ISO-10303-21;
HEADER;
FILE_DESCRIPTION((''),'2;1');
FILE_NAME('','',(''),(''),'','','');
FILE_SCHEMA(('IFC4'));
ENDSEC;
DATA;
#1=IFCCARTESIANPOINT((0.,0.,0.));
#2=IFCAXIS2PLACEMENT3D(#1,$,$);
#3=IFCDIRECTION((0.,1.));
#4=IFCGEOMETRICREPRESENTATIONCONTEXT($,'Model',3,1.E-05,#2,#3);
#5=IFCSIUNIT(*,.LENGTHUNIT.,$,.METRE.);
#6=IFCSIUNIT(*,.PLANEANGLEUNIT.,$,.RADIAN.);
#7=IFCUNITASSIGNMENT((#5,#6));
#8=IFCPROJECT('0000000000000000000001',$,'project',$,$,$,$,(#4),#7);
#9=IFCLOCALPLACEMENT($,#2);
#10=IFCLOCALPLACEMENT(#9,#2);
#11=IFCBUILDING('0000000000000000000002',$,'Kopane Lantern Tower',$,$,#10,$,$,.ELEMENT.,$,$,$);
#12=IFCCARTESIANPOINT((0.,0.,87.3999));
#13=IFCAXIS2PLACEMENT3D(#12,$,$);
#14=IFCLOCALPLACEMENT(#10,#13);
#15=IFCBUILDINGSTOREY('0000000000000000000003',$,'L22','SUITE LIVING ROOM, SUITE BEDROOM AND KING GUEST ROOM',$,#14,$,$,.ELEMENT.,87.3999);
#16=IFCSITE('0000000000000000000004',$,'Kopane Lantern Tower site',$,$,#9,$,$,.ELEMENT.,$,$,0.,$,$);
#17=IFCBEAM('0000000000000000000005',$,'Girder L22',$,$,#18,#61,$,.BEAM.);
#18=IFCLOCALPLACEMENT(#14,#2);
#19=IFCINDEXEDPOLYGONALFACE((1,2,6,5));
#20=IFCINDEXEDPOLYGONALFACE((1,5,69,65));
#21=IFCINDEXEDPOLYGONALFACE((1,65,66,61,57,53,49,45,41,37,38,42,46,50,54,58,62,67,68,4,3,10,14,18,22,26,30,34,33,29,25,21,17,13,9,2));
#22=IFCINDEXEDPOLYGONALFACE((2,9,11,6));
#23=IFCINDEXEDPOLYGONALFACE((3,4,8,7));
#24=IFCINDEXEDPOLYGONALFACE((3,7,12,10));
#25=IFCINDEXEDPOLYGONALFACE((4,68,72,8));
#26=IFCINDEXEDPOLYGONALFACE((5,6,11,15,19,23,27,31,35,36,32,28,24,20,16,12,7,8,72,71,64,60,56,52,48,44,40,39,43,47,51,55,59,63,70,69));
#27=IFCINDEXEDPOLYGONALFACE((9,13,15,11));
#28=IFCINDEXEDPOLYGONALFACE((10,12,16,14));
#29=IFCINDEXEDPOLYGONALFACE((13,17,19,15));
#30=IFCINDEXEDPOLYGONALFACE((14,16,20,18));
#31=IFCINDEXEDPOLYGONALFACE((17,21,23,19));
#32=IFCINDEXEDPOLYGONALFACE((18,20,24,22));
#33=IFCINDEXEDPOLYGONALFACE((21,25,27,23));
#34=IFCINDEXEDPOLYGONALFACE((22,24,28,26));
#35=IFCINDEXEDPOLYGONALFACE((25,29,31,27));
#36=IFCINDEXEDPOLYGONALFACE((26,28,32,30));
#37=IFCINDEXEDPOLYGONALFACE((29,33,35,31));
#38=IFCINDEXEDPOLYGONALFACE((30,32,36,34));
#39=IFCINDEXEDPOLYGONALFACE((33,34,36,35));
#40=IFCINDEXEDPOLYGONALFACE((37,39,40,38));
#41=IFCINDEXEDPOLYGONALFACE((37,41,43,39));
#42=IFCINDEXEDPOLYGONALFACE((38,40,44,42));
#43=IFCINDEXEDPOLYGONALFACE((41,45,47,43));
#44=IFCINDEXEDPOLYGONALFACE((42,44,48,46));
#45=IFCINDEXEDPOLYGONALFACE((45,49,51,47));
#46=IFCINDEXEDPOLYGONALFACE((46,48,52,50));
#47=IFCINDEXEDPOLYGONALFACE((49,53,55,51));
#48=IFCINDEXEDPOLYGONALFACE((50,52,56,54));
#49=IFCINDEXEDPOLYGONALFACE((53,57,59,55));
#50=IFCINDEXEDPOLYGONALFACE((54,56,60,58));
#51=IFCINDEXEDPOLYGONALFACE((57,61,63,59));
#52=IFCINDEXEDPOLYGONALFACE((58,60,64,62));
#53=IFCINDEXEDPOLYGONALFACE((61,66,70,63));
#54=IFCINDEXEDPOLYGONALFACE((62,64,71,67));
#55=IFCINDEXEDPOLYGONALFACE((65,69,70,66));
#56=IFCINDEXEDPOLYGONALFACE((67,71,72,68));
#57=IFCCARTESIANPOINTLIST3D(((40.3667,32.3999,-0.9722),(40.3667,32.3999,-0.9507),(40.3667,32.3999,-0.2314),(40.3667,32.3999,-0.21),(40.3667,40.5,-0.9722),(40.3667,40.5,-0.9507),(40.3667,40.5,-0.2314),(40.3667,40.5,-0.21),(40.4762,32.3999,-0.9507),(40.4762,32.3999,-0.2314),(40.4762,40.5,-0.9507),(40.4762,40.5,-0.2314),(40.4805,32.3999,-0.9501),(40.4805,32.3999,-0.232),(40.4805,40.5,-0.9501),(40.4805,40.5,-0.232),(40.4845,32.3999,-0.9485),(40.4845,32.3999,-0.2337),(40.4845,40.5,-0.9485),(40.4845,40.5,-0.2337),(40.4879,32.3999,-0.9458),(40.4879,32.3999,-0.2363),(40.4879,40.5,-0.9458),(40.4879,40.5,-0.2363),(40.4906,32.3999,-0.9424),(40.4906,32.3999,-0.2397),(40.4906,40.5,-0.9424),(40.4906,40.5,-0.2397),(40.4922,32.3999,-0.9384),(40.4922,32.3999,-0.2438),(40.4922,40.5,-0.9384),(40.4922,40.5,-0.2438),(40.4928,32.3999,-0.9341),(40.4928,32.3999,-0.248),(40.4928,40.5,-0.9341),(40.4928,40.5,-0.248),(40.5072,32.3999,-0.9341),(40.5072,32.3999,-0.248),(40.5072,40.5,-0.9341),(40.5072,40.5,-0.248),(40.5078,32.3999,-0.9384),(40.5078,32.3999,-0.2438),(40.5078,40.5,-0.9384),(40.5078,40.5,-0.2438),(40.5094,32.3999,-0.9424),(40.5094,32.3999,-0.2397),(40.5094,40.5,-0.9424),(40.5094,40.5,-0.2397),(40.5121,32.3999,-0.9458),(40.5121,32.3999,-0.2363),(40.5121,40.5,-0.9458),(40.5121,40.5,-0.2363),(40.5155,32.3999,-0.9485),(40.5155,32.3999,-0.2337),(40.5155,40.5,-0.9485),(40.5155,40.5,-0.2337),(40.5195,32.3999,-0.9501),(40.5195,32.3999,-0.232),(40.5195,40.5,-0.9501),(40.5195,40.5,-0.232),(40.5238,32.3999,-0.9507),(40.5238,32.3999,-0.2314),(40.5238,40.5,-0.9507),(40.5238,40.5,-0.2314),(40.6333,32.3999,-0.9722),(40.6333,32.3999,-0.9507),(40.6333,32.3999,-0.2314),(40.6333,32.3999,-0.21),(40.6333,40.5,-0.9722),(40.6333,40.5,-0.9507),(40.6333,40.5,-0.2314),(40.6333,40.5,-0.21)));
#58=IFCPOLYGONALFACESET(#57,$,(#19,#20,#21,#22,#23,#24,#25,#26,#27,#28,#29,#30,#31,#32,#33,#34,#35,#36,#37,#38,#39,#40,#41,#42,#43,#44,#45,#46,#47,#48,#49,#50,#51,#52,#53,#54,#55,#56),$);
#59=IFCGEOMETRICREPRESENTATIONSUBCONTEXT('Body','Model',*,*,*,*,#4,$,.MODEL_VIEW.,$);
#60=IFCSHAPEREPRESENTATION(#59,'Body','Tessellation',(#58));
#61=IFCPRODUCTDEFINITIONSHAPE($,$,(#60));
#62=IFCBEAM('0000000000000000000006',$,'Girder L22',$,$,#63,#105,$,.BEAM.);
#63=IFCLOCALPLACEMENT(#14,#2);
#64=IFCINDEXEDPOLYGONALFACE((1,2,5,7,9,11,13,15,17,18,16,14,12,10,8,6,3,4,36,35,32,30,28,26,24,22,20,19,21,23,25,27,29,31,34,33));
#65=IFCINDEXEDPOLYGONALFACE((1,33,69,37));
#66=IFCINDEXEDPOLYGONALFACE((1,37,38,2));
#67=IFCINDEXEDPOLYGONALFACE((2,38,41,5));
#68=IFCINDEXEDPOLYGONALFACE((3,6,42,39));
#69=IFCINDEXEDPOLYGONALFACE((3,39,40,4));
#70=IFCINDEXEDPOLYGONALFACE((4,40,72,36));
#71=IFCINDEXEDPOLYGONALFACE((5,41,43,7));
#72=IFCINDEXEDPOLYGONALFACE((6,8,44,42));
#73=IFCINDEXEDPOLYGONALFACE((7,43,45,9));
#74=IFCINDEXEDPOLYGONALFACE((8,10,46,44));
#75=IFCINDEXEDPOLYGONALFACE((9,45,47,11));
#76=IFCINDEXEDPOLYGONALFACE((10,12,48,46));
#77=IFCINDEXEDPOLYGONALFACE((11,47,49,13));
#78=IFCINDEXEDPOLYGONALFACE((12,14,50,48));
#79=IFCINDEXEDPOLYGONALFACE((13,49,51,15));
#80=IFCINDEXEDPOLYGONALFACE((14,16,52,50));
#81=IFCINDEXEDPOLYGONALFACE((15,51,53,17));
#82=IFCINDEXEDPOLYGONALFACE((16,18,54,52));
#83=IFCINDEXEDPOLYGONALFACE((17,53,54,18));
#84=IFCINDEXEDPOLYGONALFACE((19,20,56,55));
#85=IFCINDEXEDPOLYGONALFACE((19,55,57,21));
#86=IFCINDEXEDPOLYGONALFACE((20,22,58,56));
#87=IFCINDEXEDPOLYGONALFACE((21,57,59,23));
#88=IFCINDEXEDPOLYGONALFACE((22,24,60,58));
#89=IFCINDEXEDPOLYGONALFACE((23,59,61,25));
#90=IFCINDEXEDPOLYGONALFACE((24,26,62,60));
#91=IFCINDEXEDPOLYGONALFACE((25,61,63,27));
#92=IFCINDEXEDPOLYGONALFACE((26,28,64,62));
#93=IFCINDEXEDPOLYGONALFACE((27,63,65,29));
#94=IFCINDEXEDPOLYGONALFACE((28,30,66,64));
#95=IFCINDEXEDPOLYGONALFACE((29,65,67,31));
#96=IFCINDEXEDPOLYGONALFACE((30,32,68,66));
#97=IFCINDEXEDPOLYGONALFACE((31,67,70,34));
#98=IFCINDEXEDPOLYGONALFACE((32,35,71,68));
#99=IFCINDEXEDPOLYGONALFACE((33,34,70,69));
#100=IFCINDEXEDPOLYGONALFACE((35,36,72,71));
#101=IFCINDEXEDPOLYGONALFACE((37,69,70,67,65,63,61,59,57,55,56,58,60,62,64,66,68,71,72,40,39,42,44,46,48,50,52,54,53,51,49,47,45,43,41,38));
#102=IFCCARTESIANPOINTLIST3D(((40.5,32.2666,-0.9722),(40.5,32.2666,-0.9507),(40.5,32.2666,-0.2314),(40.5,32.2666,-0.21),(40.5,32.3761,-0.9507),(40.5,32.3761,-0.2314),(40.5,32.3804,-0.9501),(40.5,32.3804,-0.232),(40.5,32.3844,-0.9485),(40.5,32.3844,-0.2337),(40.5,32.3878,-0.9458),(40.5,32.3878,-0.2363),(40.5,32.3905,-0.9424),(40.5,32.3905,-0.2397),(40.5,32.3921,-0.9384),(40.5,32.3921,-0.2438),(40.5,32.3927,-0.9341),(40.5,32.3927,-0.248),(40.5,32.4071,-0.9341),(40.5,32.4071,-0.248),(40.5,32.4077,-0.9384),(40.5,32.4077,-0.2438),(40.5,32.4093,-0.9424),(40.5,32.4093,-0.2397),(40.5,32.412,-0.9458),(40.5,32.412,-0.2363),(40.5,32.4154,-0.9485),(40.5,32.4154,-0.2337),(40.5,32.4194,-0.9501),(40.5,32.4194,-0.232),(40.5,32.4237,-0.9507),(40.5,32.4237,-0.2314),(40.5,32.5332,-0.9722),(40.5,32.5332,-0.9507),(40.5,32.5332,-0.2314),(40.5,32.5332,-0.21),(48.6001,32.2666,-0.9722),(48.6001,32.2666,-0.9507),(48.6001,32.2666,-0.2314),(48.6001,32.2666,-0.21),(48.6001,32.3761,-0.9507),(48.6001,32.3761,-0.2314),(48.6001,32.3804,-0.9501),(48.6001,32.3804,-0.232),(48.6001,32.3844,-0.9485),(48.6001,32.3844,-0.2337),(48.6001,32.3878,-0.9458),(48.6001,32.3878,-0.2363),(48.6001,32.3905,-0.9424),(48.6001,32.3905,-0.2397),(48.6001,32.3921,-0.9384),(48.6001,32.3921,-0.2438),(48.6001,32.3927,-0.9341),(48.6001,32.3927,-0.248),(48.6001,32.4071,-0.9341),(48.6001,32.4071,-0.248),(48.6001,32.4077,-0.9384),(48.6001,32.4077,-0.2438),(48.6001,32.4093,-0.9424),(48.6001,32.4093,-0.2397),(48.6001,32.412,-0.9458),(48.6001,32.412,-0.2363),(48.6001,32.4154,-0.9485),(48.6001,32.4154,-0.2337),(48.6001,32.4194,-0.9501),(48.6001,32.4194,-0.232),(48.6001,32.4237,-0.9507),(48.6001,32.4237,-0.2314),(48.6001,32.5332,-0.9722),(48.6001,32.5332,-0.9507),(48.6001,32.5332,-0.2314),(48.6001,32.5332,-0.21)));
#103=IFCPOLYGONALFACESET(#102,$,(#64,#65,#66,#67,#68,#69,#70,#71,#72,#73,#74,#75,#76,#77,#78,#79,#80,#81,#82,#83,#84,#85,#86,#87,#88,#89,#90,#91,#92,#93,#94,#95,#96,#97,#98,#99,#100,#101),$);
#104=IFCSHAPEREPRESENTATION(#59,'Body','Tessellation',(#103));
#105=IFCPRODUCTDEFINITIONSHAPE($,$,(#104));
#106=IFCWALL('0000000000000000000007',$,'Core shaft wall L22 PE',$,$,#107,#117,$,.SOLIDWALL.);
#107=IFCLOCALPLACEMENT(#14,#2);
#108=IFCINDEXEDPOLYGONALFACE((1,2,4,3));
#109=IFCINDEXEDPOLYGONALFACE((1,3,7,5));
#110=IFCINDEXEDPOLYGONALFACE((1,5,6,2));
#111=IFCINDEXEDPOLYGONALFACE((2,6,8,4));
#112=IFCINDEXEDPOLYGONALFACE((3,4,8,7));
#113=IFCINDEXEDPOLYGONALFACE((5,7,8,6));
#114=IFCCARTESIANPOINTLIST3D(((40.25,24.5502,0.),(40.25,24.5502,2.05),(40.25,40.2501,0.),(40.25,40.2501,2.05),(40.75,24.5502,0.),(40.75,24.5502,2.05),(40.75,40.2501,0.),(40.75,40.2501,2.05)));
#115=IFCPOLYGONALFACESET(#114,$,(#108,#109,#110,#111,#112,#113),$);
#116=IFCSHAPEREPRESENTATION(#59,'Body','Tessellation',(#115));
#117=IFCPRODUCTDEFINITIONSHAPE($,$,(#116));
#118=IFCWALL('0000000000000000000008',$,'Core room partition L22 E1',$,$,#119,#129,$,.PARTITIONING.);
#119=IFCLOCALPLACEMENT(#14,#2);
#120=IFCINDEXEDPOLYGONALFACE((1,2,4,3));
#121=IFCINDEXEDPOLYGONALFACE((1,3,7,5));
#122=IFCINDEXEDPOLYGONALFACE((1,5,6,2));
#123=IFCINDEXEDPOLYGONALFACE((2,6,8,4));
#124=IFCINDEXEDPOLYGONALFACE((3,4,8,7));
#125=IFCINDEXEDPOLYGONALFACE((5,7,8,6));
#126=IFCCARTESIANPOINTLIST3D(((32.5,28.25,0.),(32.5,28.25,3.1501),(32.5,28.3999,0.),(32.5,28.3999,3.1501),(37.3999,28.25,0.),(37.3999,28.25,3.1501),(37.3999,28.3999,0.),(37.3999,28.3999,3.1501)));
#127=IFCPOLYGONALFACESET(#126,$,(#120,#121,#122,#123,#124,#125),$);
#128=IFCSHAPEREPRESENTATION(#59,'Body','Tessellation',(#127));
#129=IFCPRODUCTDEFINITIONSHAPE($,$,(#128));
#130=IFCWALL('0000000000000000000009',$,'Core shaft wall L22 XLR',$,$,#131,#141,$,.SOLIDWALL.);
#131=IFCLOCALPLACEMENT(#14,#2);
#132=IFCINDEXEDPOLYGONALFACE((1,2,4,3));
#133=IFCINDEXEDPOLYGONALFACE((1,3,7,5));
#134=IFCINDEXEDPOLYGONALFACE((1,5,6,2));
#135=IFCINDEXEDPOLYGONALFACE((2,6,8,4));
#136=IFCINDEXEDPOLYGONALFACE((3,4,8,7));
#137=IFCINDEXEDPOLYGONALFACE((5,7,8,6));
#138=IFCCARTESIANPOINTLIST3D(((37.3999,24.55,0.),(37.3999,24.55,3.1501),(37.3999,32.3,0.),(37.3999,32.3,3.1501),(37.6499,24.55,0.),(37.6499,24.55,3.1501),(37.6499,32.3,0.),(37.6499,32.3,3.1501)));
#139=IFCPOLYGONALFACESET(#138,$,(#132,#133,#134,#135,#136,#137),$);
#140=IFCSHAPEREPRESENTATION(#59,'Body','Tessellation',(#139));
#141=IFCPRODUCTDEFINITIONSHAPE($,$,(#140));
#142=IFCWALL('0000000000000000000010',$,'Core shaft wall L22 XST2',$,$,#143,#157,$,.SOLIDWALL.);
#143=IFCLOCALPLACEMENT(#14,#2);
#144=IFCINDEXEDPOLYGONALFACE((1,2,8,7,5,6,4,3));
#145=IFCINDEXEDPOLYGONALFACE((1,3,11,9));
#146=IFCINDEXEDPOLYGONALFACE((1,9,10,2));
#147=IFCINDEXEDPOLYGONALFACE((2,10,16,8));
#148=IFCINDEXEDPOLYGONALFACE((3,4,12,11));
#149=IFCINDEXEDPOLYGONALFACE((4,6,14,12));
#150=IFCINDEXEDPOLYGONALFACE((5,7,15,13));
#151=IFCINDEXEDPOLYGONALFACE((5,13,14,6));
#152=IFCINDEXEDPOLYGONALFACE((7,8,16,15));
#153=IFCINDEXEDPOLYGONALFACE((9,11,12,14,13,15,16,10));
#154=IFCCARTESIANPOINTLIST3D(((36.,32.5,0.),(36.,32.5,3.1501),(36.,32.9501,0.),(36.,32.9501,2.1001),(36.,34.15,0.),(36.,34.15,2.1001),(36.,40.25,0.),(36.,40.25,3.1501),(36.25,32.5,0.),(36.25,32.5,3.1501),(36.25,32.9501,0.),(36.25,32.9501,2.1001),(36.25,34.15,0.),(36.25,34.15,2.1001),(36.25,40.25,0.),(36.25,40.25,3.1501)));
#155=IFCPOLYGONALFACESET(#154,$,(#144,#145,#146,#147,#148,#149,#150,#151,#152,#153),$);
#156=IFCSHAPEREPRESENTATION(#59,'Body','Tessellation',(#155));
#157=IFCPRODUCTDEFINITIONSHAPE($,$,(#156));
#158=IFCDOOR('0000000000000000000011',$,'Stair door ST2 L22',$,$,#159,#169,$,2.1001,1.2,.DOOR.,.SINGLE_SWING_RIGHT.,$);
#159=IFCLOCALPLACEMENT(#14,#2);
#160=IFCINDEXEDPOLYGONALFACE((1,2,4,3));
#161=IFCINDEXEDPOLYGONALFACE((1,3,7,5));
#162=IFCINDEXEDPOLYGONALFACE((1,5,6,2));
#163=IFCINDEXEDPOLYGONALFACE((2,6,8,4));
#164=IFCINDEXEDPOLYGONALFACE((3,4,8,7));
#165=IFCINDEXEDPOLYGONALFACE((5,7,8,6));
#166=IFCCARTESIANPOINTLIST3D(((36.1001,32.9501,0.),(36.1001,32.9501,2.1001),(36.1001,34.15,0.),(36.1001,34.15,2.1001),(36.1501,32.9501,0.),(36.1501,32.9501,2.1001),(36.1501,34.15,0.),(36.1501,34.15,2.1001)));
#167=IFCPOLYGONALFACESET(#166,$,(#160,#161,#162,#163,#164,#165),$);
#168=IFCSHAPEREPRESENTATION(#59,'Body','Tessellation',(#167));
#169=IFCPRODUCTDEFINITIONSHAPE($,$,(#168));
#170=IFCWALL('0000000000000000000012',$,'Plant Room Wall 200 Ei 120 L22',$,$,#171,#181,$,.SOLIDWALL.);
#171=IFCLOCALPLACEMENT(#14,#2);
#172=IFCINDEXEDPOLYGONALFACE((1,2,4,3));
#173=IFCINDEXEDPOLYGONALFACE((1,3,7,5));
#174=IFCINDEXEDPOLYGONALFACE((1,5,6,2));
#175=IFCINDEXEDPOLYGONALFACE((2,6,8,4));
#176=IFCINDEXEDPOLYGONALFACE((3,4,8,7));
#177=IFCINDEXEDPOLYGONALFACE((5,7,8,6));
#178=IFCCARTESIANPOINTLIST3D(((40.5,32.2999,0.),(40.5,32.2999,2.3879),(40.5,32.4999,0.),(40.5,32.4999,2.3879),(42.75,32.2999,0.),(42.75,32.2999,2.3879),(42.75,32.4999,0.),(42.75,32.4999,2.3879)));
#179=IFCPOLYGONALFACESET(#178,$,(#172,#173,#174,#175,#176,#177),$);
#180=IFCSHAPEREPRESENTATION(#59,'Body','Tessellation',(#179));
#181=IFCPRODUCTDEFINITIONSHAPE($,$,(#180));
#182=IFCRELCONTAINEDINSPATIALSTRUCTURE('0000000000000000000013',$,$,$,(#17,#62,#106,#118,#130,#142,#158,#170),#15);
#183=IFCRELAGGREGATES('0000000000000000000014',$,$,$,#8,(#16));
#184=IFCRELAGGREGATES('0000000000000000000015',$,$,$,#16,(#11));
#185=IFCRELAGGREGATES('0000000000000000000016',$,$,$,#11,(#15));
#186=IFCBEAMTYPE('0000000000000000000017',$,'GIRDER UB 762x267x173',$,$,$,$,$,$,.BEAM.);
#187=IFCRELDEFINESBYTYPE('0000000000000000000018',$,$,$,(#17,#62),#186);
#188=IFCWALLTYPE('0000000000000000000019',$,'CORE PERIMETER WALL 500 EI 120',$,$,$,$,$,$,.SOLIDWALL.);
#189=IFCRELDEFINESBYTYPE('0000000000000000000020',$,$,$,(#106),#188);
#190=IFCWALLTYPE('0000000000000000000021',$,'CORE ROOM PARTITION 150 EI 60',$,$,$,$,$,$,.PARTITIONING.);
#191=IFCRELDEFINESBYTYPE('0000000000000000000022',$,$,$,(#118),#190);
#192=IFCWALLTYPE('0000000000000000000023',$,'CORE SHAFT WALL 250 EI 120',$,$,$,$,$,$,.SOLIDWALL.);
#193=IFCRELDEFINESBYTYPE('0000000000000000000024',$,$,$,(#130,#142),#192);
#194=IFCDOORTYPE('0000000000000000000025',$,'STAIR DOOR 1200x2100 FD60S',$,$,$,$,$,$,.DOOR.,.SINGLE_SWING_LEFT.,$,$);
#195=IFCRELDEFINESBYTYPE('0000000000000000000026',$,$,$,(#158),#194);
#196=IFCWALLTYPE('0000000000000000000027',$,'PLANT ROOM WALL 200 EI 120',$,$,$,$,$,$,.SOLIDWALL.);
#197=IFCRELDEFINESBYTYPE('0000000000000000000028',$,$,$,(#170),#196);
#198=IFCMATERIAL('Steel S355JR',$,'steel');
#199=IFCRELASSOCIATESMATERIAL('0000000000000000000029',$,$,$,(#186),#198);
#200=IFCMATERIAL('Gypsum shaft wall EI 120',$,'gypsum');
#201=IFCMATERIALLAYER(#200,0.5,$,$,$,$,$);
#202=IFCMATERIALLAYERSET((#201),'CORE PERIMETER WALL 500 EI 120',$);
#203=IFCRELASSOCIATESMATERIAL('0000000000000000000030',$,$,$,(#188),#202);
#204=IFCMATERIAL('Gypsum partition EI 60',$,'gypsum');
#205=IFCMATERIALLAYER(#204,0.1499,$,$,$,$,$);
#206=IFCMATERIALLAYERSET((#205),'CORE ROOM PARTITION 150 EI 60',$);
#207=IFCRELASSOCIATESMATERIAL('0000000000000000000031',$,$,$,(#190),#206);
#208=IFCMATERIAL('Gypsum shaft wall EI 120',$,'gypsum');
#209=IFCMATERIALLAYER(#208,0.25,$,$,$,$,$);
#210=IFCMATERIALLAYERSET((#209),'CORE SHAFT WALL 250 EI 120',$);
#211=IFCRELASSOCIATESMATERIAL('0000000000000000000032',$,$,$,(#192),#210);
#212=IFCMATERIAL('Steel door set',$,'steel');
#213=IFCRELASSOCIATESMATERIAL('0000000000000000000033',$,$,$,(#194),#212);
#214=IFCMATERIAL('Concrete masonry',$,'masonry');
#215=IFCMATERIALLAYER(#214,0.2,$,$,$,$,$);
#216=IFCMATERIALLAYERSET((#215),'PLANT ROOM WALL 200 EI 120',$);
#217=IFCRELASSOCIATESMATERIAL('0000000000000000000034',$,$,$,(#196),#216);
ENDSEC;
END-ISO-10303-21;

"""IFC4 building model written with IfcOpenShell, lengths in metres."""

from ifc_helpers import new_model, si_unit, direction, frame, frame_2d, origin, origin_2d, place, context, subcontext, project, spatial, rectangle, i_section, extrude, material, layer, layer_set, material_profile, profile_set, type_object, element, fill, save


model = new_model("IFC4")

# Units and contexts
model_context = context("Model", 3, precision=1e-05, world=origin(), true_north=direction((0.0, 1.0)))
body_context = subcontext(model_context, "Body", "Model", "MODEL_VIEW")
ifc_project = project(units=[si_unit("LENGTHUNIT", "METRE"), si_unit("PLANEANGLEUNIT", "RADIAN")], contexts=[model_context])

# Site, building, storey
site_placement = place(None, origin())
site = spatial("IfcSite", under=ifc_project, at=site_placement, Name="Kopane Lantern Tower site", CompositionType="ELEMENT", RefElevation=0.0)
building_placement = place(site_placement, origin())
building = spatial("IfcBuilding", under=site, at=building_placement, Name="Kopane Lantern Tower", CompositionType="ELEMENT")
storey_placement = place(building_placement, frame((0.0, 0.0, 87.3999)))
storey = spatial("IfcBuildingStorey", under=building, at=storey_placement, Name="L22", Description="SUITE LIVING ROOM, SUITE BEDROOM AND KING GUEST ROOM", CompositionType="ELEMENT", Elevation=87.3999)

# Beams
ifc_material_1 = material(Name="Steel S355JR", Category="steel")
ifc_material_profile_1 = material_profile(ifc_material_1, i_section(OverallWidth=0.2666, OverallDepth=0.7622, WebThickness=0.0144, FlangeThickness=0.0215, FilletRadius=0.0166, at=origin_2d()), Name="UB 762x267x173")
ifc_profile_set_1 = profile_set([ifc_material_profile_1], Name="Steel S355JR")
beam_type_1 = type_object("IfcBeamType", Name="GIRDER UB 762x267x173", PredefinedType="BEAM", material=ifc_profile_set_1)
for number, where, z_axis, x_axis, name in (
    (1, (40.5, 32.3999, -0.5911), (0.0, 1.0, 0.0), (-1.0, 0.0, 0.0), "Girder L22"),
    (2, (40.5, 32.3999, -0.5911), (1.0, 0.0, 0.0), (0.0, 1.0, 0.0), "Girder L22"),
):
    element("IfcBeam", number, at=place(storey_placement, frame(where, z_axis=z_axis, x_axis=x_axis)), inside=storey, type_object=beam_type_1, Name=name, PredefinedType="BEAM", context=body_context, shape_type="SweptSolid", body=[
        extrude(i_section(OverallWidth=0.2666, OverallDepth=0.7622, WebThickness=0.0144, FlangeThickness=0.0215, FilletRadius=0.0166, at=origin_2d()), origin(), (0.0, 0.0, 1.0), 8.1001),
    ])

# Walls
ifc_material_2 = material(Name="Gypsum shaft wall EI 120", Category="gypsum")
ifc_layer_1 = layer(ifc_material_2, 0.5)
ifc_layer_set_1 = layer_set([ifc_layer_1], Name="CORE PERIMETER WALL 500 EI 120")
wall_type_1 = type_object("IfcWallType", Name="CORE PERIMETER WALL 500 EI 120", PredefinedType="SOLIDWALL", material=ifc_layer_set_1)
wall_1_placement = place(storey_placement, frame((40.5, 24.55, 0.0), z_axis=(0.0, 0.0, 1.0), x_axis=(0.0, 1.0, 0.0)))
element("IfcWall", 3, at=wall_1_placement, inside=storey, type_object=wall_type_1, Name="Core shaft wall L22 PE", PredefinedType="SOLIDWALL", context=body_context, shape_type="SweptSolid", body=[
    extrude(rectangle(XDim=15.7, YDim=0.5, at=frame_2d((7.8501, 0.0))), origin(), (0.0, 0.0, 1.0), 2.05),
])
ifc_material_3 = material(Name="Gypsum partition EI 60", Category="gypsum")
ifc_layer_2 = layer(ifc_material_3, 0.1499)
ifc_layer_set_2 = layer_set([ifc_layer_2], Name="CORE ROOM PARTITION 150 EI 60")
wall_type_2 = type_object("IfcWallType", Name="CORE ROOM PARTITION 150 EI 60", PredefinedType="PARTITIONING", material=ifc_layer_set_2)
wall_2_placement = place(storey_placement, frame((32.5, 28.325, 0.0), z_axis=(0.0, 0.0, 1.0), x_axis=(1.0, 0.0, 0.0)))
element("IfcWall", 4, at=wall_2_placement, inside=storey, type_object=wall_type_2, Name="Core room partition L22 E1", PredefinedType="PARTITIONING", context=body_context, shape_type="SweptSolid", body=[
    extrude(rectangle(XDim=4.8999, YDim=0.1499, at=frame_2d((2.45, 0.0))), origin(), (0.0, 0.0, 1.0), 3.1501),
])
ifc_material_4 = material(Name="Gypsum shaft wall EI 120", Category="gypsum")
ifc_layer_3 = layer(ifc_material_4, 0.25)
ifc_layer_set_3 = layer_set([ifc_layer_3], Name="CORE SHAFT WALL 250 EI 120")
wall_type_3 = type_object("IfcWallType", Name="CORE SHAFT WALL 250 EI 120", PredefinedType="SOLIDWALL", material=ifc_layer_set_3)
wall_3_placement = place(storey_placement, frame((37.5249, 24.55, 0.0), z_axis=(0.0, 0.0, 1.0), x_axis=(0.0, 1.0, 0.0)))
element("IfcWall", 5, at=wall_3_placement, inside=storey, type_object=wall_type_3, Name="Core shaft wall L22 XLR", PredefinedType="SOLIDWALL", context=body_context, shape_type="SweptSolid", body=[
    extrude(rectangle(XDim=7.75, YDim=0.25, at=frame_2d((3.875, 0.0))), origin(), (0.0, 0.0, 1.0), 3.1501),
])

# Wall, opening, door
wall_4_placement = place(storey_placement, frame((36.125, 32.5, 0.0), z_axis=(0.0, 0.0, 1.0), x_axis=(0.0, 1.0, 0.0)))
wall_4 = element("IfcWall", 6, at=wall_4_placement, inside=storey, type_object=wall_type_3, Name="Core shaft wall L22 XST2", PredefinedType="SOLIDWALL", context=body_context, shape_type="SweptSolid", body=[
    extrude(rectangle(XDim=7.75, YDim=0.25, at=frame_2d((3.875, 0.0))), origin(), (0.0, 0.0, 1.0), 3.1501),
])
opening_1_placement = place(wall_4_placement, frame((0.45, 0.0, 0.0)))
opening_1 = element("IfcOpeningElement", 7, at=opening_1_placement, cuts=wall_4, PredefinedType="OPENING", context=body_context, shape_type="SweptSolid", body=[
    extrude(rectangle(XDim=1.2, YDim=2.1001, at=frame_2d((0.6001, 1.05))), frame((0.0, 0.135, 0.0), z_axis=(0.0, -1.0, 0.0), x_axis=(1.0, 0.0, 0.0)), (0.0, 0.0, 1.0), 0.27),
])
ifc_material_5 = material(Name="Steel door set", Category="steel")
door_type_1 = type_object("IfcDoorType", Name="STAIR DOOR 1200x2100 FD60S", OperationType="SINGLE_SWING_LEFT", PredefinedType="DOOR", material=ifc_material_5)
door_1_placement = place(opening_1_placement, origin())
door_1 = element("IfcDoor", 8, at=door_1_placement, inside=storey, type_object=door_type_1, Name="Stair door ST2 L22", OperationType="SINGLE_SWING_RIGHT", OverallHeight=2.1001, OverallWidth=1.2, PredefinedType="DOOR", context=body_context, shape_type="SweptSolid", body=[
    extrude(rectangle(XDim=1.2, YDim=2.1001, at=frame_2d((0.6001, 1.05))), frame((0.0, 0.0249, 0.0), z_axis=(0.0, -1.0, 0.0), x_axis=(1.0, 0.0, 0.0)), (0.0, 0.0, 1.0), 0.05),
])
fill(opening_1, door_1)

# Wall
ifc_material_6 = material(Name="Concrete masonry", Category="masonry")
ifc_layer_4 = layer(ifc_material_6, 0.2)
ifc_layer_set_4 = layer_set([ifc_layer_4], Name="PLANT ROOM WALL 200 EI 120")
wall_type_4 = type_object("IfcWallType", Name="PLANT ROOM WALL 200 EI 120", PredefinedType="SOLIDWALL", material=ifc_layer_set_4)
wall_5_placement = place(storey_placement, frame((40.5, 32.3999, 0.0), z_axis=(0.0, 0.0, 1.0), x_axis=(1.0, 0.0, 0.0)))
element("IfcWall", 9, at=wall_5_placement, inside=storey, type_object=wall_type_4, Name="Plant Room Wall 200 Ei 120 L22", PredefinedType="SOLIDWALL", context=body_context, shape_type="SweptSolid", body=[
    extrude(rectangle(XDim=2.25, YDim=0.2, at=frame_2d((1.125, 0.0))), origin(), (0.0, 0.0, 1.0), 2.3879),
])

save(model, "model.ifc")
